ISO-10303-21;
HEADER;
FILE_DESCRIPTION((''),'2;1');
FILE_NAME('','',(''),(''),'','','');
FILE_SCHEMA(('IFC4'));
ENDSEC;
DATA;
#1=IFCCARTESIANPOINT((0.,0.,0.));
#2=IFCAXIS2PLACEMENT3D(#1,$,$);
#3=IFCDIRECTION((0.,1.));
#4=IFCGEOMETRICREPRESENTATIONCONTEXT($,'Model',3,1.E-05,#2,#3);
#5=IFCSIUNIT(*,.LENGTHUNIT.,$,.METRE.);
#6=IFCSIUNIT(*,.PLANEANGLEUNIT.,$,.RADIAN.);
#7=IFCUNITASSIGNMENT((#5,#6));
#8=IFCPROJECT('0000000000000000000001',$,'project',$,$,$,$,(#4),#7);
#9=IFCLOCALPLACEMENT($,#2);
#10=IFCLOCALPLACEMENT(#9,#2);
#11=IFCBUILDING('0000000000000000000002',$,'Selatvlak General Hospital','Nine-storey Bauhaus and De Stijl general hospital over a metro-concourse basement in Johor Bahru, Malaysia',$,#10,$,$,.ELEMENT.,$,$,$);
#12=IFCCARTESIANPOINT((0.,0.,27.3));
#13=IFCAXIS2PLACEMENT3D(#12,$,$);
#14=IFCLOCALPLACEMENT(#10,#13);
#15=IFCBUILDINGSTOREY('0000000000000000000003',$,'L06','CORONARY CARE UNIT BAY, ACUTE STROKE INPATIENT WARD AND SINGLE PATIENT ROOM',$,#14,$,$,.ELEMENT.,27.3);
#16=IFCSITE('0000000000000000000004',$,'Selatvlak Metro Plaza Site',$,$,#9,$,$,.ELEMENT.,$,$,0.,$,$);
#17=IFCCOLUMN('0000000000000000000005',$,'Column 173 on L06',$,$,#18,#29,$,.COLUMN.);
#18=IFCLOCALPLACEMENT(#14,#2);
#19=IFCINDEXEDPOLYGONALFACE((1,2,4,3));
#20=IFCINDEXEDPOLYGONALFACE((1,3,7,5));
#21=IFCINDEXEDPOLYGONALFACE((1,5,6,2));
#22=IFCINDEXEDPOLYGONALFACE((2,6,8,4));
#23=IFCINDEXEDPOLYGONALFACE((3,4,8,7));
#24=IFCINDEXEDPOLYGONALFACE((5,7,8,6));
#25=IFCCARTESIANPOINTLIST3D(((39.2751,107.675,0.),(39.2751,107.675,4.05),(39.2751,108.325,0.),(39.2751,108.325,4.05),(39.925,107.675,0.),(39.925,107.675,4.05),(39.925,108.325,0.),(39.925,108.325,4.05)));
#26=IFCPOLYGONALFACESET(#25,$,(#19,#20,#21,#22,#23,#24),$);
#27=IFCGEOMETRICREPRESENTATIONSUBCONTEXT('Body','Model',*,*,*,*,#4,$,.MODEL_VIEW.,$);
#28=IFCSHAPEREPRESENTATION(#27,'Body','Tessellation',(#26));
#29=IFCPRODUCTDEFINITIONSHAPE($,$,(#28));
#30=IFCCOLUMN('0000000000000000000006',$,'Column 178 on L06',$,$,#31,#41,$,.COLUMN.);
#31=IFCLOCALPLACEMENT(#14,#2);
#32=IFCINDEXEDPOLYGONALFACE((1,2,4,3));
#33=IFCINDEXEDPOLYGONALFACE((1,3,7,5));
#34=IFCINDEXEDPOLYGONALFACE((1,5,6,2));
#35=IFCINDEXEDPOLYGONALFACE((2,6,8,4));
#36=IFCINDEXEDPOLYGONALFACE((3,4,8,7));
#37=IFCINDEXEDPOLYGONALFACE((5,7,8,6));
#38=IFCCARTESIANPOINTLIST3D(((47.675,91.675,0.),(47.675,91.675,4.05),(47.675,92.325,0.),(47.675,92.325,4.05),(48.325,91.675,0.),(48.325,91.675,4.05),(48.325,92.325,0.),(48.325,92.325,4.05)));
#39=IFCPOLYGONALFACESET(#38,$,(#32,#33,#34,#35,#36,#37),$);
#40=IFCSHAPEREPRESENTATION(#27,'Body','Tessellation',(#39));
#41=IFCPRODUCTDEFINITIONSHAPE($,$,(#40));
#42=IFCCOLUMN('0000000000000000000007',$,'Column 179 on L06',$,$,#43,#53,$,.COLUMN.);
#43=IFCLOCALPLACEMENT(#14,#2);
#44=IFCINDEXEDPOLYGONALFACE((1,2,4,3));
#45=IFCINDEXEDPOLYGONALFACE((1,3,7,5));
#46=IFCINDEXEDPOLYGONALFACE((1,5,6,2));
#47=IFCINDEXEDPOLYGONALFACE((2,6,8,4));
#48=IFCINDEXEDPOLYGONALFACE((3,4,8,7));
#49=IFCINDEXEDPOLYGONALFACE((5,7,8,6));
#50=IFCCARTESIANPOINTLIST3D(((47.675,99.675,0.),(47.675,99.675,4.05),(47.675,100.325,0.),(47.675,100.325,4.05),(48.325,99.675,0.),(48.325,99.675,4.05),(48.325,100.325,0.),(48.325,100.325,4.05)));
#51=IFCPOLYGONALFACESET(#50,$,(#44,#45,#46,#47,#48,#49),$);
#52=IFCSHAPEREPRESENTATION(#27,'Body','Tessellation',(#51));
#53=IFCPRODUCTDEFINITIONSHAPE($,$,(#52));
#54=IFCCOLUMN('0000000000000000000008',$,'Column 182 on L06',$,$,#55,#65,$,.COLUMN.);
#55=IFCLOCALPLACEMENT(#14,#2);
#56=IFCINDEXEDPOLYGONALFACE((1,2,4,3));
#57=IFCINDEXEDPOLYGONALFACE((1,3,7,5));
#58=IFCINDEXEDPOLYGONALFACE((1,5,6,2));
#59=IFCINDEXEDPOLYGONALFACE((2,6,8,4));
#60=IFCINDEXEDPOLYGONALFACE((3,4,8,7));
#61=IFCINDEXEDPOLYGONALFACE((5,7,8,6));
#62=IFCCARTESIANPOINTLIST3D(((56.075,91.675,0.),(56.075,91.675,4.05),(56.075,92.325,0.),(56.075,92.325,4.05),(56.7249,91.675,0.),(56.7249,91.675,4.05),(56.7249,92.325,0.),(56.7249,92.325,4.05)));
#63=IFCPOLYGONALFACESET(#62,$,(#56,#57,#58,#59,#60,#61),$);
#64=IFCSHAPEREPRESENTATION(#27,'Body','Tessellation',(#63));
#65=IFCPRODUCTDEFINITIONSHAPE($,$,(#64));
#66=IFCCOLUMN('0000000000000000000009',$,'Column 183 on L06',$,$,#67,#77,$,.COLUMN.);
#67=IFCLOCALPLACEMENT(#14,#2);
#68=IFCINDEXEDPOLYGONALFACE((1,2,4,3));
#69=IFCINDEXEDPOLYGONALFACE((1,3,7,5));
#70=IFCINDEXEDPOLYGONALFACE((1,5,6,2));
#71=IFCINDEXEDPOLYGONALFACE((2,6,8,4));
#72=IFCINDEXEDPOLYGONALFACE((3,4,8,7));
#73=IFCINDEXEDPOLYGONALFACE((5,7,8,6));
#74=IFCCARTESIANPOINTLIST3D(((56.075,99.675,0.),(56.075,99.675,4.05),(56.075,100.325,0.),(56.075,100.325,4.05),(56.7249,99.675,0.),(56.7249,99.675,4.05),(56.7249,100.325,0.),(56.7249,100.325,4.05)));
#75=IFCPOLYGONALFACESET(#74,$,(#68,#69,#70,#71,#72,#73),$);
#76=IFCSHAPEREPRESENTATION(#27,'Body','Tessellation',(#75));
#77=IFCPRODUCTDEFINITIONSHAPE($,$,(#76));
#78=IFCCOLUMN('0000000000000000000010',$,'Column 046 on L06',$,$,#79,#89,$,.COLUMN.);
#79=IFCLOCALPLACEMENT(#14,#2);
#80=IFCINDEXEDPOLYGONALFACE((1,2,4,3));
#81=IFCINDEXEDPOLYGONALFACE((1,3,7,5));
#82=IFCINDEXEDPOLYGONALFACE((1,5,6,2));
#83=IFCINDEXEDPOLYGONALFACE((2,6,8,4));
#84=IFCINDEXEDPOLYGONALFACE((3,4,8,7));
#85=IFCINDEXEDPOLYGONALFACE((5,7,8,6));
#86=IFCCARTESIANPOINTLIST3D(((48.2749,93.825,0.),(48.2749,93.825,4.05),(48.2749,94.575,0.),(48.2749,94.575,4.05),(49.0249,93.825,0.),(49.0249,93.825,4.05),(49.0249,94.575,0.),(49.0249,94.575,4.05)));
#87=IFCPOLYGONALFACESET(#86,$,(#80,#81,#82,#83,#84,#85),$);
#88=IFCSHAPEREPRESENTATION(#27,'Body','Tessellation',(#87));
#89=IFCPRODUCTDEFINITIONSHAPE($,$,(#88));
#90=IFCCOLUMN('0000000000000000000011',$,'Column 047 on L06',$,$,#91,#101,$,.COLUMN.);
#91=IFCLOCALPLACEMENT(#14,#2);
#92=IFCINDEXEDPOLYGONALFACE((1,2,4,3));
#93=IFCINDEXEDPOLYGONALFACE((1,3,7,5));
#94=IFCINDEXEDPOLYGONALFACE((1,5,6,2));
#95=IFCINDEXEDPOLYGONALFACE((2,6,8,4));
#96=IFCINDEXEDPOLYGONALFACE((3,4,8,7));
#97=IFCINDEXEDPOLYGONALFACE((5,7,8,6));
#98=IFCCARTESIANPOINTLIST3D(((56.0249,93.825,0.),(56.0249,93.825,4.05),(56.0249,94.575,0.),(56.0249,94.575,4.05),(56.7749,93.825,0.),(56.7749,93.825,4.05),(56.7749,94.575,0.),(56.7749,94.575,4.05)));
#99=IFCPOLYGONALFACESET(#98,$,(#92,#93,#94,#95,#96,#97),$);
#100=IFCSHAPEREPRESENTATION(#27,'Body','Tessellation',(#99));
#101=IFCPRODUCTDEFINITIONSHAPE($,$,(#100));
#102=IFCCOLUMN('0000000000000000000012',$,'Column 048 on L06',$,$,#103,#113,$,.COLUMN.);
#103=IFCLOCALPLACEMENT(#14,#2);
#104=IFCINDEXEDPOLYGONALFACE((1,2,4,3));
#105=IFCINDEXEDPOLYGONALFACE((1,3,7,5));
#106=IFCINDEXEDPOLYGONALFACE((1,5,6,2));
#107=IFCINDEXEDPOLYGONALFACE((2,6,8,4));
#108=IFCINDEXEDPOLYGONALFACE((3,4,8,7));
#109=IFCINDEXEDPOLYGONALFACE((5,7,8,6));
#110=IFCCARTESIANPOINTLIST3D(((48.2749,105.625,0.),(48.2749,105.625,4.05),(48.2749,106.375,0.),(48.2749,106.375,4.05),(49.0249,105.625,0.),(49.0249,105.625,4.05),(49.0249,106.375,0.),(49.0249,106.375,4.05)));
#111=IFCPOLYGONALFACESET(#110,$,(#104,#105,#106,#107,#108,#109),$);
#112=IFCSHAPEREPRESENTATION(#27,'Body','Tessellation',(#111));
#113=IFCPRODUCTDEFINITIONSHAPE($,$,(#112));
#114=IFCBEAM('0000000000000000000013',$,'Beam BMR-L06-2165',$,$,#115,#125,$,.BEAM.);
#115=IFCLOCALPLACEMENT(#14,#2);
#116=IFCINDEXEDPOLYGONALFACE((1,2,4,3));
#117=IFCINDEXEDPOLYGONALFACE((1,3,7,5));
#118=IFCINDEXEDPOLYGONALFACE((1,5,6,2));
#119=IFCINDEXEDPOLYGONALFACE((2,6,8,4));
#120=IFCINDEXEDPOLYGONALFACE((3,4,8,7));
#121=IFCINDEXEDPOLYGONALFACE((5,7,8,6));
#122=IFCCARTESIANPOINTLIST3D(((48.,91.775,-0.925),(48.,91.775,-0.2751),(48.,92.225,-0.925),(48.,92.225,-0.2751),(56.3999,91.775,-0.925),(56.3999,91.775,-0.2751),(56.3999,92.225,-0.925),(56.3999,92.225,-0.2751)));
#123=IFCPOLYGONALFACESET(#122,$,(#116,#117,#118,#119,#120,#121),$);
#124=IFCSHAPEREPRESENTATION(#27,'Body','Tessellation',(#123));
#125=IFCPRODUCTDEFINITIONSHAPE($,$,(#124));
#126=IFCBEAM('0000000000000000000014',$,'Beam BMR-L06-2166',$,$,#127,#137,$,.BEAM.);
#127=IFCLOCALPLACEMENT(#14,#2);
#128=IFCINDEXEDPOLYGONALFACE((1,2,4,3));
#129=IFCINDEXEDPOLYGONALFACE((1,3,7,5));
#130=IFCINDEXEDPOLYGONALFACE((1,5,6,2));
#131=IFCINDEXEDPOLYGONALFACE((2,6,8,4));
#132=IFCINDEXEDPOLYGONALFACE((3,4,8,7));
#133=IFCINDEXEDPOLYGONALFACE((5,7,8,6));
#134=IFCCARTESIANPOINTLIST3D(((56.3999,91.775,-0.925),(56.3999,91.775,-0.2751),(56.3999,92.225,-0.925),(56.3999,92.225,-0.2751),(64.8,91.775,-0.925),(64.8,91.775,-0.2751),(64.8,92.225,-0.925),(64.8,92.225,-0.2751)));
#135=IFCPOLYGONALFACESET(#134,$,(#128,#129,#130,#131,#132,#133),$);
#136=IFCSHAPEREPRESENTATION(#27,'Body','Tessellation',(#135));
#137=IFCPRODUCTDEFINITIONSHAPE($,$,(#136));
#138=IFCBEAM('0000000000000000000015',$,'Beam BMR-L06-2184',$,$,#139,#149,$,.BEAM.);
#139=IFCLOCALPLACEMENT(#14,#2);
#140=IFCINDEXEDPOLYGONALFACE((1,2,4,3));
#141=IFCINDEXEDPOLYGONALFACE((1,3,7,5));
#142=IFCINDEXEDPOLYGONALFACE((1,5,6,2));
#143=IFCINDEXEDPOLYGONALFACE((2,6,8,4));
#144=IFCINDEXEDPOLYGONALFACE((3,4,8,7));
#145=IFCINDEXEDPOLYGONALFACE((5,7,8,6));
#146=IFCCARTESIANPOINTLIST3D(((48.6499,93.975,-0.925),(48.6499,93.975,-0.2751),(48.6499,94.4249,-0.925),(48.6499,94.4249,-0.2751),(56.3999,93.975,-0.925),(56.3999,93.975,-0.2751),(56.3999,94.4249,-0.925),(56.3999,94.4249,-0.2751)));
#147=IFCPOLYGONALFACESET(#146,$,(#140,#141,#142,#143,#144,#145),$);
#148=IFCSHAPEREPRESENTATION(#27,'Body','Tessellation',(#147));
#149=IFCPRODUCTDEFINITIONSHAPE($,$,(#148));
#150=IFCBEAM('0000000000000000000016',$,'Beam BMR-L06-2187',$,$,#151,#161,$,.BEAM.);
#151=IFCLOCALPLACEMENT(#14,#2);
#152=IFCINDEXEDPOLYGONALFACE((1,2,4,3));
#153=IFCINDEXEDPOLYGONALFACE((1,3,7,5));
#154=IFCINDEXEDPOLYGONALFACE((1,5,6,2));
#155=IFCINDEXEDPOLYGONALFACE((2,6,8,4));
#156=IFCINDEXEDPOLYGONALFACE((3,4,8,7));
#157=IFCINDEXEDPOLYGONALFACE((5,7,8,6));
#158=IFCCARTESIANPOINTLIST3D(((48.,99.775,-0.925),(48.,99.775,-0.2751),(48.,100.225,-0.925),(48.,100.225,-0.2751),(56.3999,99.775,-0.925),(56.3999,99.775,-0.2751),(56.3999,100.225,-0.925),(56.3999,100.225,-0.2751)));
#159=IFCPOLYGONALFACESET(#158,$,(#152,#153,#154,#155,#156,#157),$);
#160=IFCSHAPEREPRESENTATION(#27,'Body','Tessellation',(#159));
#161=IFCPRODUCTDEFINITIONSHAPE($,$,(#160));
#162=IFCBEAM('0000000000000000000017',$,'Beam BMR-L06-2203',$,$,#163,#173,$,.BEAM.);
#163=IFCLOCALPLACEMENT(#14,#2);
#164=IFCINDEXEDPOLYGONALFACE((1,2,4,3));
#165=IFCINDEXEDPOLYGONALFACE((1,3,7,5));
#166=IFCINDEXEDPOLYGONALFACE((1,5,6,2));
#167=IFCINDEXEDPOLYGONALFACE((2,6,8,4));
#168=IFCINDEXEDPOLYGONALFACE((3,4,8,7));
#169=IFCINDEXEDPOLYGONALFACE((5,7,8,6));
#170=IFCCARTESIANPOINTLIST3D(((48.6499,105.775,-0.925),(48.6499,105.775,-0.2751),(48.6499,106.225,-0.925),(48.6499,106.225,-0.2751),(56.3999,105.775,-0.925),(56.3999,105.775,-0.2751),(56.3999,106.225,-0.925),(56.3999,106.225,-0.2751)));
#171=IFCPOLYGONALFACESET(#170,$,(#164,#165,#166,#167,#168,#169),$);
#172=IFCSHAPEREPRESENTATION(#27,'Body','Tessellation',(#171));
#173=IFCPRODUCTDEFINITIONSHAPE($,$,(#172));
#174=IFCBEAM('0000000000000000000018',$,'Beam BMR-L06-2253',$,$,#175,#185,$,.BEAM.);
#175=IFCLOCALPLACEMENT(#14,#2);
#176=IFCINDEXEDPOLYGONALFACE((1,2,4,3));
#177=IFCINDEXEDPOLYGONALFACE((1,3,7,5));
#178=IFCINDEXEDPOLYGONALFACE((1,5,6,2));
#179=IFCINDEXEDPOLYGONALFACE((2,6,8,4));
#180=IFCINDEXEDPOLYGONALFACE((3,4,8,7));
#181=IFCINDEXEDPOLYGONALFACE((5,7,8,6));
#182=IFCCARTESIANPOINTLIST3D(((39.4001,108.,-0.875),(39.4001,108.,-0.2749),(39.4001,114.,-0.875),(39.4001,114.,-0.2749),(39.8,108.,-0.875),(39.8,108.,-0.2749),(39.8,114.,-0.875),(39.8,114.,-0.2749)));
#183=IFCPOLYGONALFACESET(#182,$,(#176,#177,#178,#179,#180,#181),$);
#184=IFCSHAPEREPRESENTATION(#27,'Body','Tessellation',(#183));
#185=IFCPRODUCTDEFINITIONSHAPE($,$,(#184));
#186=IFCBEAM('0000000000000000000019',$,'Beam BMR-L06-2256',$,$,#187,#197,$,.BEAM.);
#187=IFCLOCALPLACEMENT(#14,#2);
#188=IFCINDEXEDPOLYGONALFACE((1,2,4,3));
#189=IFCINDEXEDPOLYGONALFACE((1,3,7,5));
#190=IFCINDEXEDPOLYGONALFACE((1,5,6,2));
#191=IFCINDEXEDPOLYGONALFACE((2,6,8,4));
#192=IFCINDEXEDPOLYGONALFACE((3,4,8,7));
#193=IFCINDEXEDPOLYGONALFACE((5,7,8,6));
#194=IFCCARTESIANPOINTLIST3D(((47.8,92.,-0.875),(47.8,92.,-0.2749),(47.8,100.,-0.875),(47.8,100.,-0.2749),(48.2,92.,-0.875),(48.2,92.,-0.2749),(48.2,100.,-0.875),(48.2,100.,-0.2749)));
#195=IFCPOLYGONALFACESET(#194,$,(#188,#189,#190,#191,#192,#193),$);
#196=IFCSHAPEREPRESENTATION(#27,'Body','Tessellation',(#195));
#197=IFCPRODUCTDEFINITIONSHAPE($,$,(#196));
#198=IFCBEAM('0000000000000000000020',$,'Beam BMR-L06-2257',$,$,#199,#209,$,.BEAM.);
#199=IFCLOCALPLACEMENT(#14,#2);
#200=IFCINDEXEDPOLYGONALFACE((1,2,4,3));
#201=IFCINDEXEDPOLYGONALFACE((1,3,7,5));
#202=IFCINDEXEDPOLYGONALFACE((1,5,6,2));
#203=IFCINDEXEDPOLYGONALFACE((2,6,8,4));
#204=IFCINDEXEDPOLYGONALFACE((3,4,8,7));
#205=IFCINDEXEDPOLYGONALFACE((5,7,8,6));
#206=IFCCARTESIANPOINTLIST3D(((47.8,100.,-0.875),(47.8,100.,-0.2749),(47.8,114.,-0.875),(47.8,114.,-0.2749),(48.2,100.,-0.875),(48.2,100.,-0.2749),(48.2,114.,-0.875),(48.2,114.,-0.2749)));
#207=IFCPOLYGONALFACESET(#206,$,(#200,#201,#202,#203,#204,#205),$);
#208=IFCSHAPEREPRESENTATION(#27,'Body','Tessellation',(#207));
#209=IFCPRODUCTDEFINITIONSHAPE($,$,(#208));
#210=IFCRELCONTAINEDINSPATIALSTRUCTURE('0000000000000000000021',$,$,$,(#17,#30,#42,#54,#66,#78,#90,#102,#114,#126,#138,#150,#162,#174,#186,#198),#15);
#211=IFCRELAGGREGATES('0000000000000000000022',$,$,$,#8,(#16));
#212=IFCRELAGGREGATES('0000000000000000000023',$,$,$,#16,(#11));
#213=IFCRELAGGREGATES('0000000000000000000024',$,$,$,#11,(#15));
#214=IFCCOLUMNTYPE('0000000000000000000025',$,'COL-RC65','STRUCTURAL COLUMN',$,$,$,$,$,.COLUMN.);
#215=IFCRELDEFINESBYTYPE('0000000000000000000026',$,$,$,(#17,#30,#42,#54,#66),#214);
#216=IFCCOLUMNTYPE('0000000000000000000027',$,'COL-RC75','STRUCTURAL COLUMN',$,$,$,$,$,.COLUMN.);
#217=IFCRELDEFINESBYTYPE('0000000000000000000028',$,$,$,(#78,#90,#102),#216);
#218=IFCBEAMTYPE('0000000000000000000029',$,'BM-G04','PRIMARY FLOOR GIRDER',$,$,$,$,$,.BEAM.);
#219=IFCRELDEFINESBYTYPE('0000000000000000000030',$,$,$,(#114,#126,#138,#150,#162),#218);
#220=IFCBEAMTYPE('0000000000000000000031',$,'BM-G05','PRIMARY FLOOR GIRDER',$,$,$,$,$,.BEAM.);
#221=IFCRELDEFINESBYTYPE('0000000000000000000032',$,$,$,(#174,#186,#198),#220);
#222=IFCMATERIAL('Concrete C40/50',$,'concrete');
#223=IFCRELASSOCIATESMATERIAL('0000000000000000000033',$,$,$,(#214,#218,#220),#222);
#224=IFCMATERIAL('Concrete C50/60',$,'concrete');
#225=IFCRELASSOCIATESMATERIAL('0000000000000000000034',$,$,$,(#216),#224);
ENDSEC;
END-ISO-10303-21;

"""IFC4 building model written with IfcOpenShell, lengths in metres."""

from ifc_helpers import new_model, si_unit, direction, frame, origin, origin_2d, place, context, subcontext, project, spatial, rectangle, extrude, material, material_profile, profile_set, type_object, element, save


model = new_model("IFC4")

# Units and contexts
model_context = context("Model", 3, precision=1e-05, world=origin(), true_north=direction((0.0, 1.0)))
body_context = subcontext(model_context, "Body", "Model", "MODEL_VIEW")
ifc_project = project(units=[si_unit("LENGTHUNIT", "METRE"), si_unit("PLANEANGLEUNIT", "RADIAN")], contexts=[model_context])

# Site, building, storey
site_placement = place(None, origin())
site = spatial("IfcSite", under=ifc_project, at=site_placement, Name="Selatvlak Metro Plaza Site", CompositionType="ELEMENT", RefElevation=0.0)
building_placement = place(site_placement, origin())
building = spatial("IfcBuilding", under=site, at=building_placement, Name="Selatvlak General Hospital", Description="Nine-storey Bauhaus and De Stijl general hospital over a metro-concourse basement in Johor Bahru, Malaysia", CompositionType="ELEMENT")
storey_placement = place(building_placement, frame((0.0, 0.0, 27.3)))
storey = spatial("IfcBuildingStorey", under=building, at=storey_placement, Name="L06", Description="CORONARY CARE UNIT BAY, ACUTE STROKE INPATIENT WARD AND SINGLE PATIENT ROOM", CompositionType="ELEMENT", Elevation=27.3)

# Columns
ifc_material_1 = material(Name="Concrete C40/50", Category="concrete")
ifc_material_profile_1 = material_profile(ifc_material_1, rectangle(XDim=0.6499, YDim=0.6499, at=origin_2d()), Name="RC-COL 650x650")
ifc_profile_set_1 = profile_set([ifc_material_profile_1], Name="Concrete C40/50")
column_type_1 = type_object("IfcColumnType", Name="COL-RC65", Description="STRUCTURAL COLUMN", PredefinedType="COLUMN", material=ifc_profile_set_1)
for number, where, z_axis, x_axis, name in (
    (1, (39.6001, 108.0, 0.0), (0.0, 0.0, 1.0), (1.0, 0.0, 0.0), "Column 173 on L06"),
    (2, (48.0, 92.0, 0.0), (0.0, 0.0, 1.0), (1.0, 0.0, 0.0), "Column 178 on L06"),
    (3, (48.0, 100.0, 0.0), (0.0, 0.0, 1.0), (1.0, 0.0, 0.0), "Column 179 on L06"),
    (4, (56.3999, 92.0, 0.0), (0.0, 0.0, 1.0), (1.0, 0.0, 0.0), "Column 182 on L06"),
    (5, (56.3999, 100.0, 0.0), (0.0, 0.0, 1.0), (1.0, 0.0, 0.0), "Column 183 on L06"),
):
    element("IfcColumn", number, at=place(storey_placement, frame(where, z_axis=z_axis, x_axis=x_axis)), inside=storey, type_object=column_type_1, Name=name, PredefinedType="COLUMN", context=body_context, shape_type="SweptSolid", body=[
        extrude(rectangle(XDim=0.6499, YDim=0.6499, at=origin_2d()), origin(), (0.0, 0.0, 1.0), 4.05),
    ])
ifc_material_2 = material(Name="Concrete C50/60", Category="concrete")
ifc_material_profile_2 = material_profile(ifc_material_2, rectangle(XDim=0.75, YDim=0.75, at=origin_2d()), Name="RC-COL 750x750")
ifc_profile_set_2 = profile_set([ifc_material_profile_2], Name="Concrete C50/60")
column_type_2 = type_object("IfcColumnType", Name="COL-RC75", Description="STRUCTURAL COLUMN", PredefinedType="COLUMN", material=ifc_profile_set_2)
for number, where, z_axis, x_axis, name in (
    (6, (48.6499, 94.2, 0.0), (0.0, 0.0, 1.0), (1.0, 0.0, 0.0), "Column 046 on L06"),
    (7, (56.3999, 94.2, 0.0), (0.0, 0.0, 1.0), (1.0, 0.0, 0.0), "Column 047 on L06"),
    (8, (48.6499, 106.0, 0.0), (0.0, 0.0, 1.0), (1.0, 0.0, 0.0), "Column 048 on L06"),
):
    element("IfcColumn", number, at=place(storey_placement, frame(where, z_axis=z_axis, x_axis=x_axis)), inside=storey, type_object=column_type_2, Name=name, PredefinedType="COLUMN", context=body_context, shape_type="SweptSolid", body=[
        extrude(rectangle(XDim=0.75, YDim=0.75, at=origin_2d()), origin(), (0.0, 0.0, 1.0), 4.05),
    ])

# Beams
ifc_material_profile_3 = material_profile(ifc_material_1, rectangle(XDim=0.45, YDim=0.6499, at=origin_2d()), Name="RC-BM 450x650")
ifc_profile_set_3 = profile_set([ifc_material_profile_3], Name="Concrete C40/50")
beam_type_1 = type_object("IfcBeamType", Name="BM-G04", Description="PRIMARY FLOOR GIRDER", PredefinedType="BEAM", material=ifc_profile_set_3)
beam_1_placement = place(storey_placement, frame((48.0, 92.0, -0.6001), z_axis=(1.0, 0.0, 0.0), x_axis=(0.0, 1.0, 0.0)))
element("IfcBeam", 9, at=beam_1_placement, inside=storey, type_object=beam_type_1, Name="Beam BMR-L06-2165", PredefinedType="BEAM", context=body_context, shape_type="SweptSolid", body=[
    extrude(rectangle(XDim=0.45, YDim=0.6499, at=origin_2d()), origin(), (0.0, 0.0, 1.0), 8.3999),
])
beam_2_placement = place(storey_placement, frame((56.3999, 92.0, -0.6001), z_axis=(1.0, 0.0, 0.0), x_axis=(0.0, 1.0, 0.0)))
element("IfcBeam", 10, at=beam_2_placement, inside=storey, type_object=beam_type_1, Name="Beam BMR-L06-2166", PredefinedType="BEAM", context=body_context, shape_type="SweptSolid", body=[
    extrude(rectangle(XDim=0.45, YDim=0.6499, at=origin_2d()), origin(), (0.0, 0.0, 1.0), 8.4001),
])
beam_3_placement = place(storey_placement, frame((48.6499, 94.2, -0.6001), z_axis=(1.0, 0.0, 0.0), x_axis=(0.0, 1.0, 0.0)))
element("IfcBeam", 11, at=beam_3_placement, inside=storey, type_object=beam_type_1, Name="Beam BMR-L06-2184", PredefinedType="BEAM", context=body_context, shape_type="SweptSolid", body=[
    extrude(rectangle(XDim=0.45, YDim=0.6499, at=origin_2d()), origin(), (0.0, 0.0, 1.0), 7.75),
])
beam_4_placement = place(storey_placement, frame((48.0, 100.0, -0.6001), z_axis=(1.0, 0.0, 0.0), x_axis=(0.0, 1.0, 0.0)))
element("IfcBeam", 12, at=beam_4_placement, inside=storey, type_object=beam_type_1, Name="Beam BMR-L06-2187", PredefinedType="BEAM", context=body_context, shape_type="SweptSolid", body=[
    extrude(rectangle(XDim=0.45, YDim=0.6499, at=origin_2d()), origin(), (0.0, 0.0, 1.0), 8.3999),
])
beam_5_placement = place(storey_placement, frame((48.6499, 106.0, -0.6001), z_axis=(1.0, 0.0, 0.0), x_axis=(0.0, 1.0, 0.0)))
element("IfcBeam", 13, at=beam_5_placement, inside=storey, type_object=beam_type_1, Name="Beam BMR-L06-2203", PredefinedType="BEAM", context=body_context, shape_type="SweptSolid", body=[
    extrude(rectangle(XDim=0.45, YDim=0.6499, at=origin_2d()), origin(), (0.0, 0.0, 1.0), 7.75),
])
ifc_material_profile_4 = material_profile(ifc_material_1, rectangle(XDim=0.3999, YDim=0.6001, at=origin_2d()), Name="RC-BM 400x600")
ifc_profile_set_4 = profile_set([ifc_material_profile_4], Name="Concrete C40/50")
beam_type_2 = type_object("IfcBeamType", Name="BM-G05", Description="PRIMARY FLOOR GIRDER", PredefinedType="BEAM", material=ifc_profile_set_4)
beam_6_placement = place(storey_placement, frame((39.6001, 108.0, -0.575), z_axis=(0.0, 1.0, 0.0), x_axis=(-1.0, 0.0, 0.0)))
element("IfcBeam", 14, at=beam_6_placement, inside=storey, type_object=beam_type_2, Name="Beam BMR-L06-2253", PredefinedType="BEAM", context=body_context, shape_type="SweptSolid", body=[
    extrude(rectangle(XDim=0.3999, YDim=0.6001, at=origin_2d()), origin(), (0.0, 0.0, 1.0), 6.0),
])
beam_7_placement = place(storey_placement, frame((48.0, 92.0, -0.575), z_axis=(0.0, 1.0, 0.0), x_axis=(-1.0, 0.0, 0.0)))
element("IfcBeam", 15, at=beam_7_placement, inside=storey, type_object=beam_type_2, Name="Beam BMR-L06-2256", PredefinedType="BEAM", context=body_context, shape_type="SweptSolid", body=[
    extrude(rectangle(XDim=0.3999, YDim=0.6001, at=origin_2d()), origin(), (0.0, 0.0, 1.0), 8.0),
])
beam_8_placement = place(storey_placement, frame((48.0, 100.0, -0.575), z_axis=(0.0, 1.0, 0.0), x_axis=(-1.0, 0.0, 0.0)))
element("IfcBeam", 16, at=beam_8_placement, inside=storey, type_object=beam_type_2, Name="Beam BMR-L06-2257", PredefinedType="BEAM", context=body_context, shape_type="SweptSolid", body=[
    extrude(rectangle(XDim=0.3999, YDim=0.6001, at=origin_2d()), origin(), (0.0, 0.0, 1.0), 14.0),
])

save(model, "model.ifc")
